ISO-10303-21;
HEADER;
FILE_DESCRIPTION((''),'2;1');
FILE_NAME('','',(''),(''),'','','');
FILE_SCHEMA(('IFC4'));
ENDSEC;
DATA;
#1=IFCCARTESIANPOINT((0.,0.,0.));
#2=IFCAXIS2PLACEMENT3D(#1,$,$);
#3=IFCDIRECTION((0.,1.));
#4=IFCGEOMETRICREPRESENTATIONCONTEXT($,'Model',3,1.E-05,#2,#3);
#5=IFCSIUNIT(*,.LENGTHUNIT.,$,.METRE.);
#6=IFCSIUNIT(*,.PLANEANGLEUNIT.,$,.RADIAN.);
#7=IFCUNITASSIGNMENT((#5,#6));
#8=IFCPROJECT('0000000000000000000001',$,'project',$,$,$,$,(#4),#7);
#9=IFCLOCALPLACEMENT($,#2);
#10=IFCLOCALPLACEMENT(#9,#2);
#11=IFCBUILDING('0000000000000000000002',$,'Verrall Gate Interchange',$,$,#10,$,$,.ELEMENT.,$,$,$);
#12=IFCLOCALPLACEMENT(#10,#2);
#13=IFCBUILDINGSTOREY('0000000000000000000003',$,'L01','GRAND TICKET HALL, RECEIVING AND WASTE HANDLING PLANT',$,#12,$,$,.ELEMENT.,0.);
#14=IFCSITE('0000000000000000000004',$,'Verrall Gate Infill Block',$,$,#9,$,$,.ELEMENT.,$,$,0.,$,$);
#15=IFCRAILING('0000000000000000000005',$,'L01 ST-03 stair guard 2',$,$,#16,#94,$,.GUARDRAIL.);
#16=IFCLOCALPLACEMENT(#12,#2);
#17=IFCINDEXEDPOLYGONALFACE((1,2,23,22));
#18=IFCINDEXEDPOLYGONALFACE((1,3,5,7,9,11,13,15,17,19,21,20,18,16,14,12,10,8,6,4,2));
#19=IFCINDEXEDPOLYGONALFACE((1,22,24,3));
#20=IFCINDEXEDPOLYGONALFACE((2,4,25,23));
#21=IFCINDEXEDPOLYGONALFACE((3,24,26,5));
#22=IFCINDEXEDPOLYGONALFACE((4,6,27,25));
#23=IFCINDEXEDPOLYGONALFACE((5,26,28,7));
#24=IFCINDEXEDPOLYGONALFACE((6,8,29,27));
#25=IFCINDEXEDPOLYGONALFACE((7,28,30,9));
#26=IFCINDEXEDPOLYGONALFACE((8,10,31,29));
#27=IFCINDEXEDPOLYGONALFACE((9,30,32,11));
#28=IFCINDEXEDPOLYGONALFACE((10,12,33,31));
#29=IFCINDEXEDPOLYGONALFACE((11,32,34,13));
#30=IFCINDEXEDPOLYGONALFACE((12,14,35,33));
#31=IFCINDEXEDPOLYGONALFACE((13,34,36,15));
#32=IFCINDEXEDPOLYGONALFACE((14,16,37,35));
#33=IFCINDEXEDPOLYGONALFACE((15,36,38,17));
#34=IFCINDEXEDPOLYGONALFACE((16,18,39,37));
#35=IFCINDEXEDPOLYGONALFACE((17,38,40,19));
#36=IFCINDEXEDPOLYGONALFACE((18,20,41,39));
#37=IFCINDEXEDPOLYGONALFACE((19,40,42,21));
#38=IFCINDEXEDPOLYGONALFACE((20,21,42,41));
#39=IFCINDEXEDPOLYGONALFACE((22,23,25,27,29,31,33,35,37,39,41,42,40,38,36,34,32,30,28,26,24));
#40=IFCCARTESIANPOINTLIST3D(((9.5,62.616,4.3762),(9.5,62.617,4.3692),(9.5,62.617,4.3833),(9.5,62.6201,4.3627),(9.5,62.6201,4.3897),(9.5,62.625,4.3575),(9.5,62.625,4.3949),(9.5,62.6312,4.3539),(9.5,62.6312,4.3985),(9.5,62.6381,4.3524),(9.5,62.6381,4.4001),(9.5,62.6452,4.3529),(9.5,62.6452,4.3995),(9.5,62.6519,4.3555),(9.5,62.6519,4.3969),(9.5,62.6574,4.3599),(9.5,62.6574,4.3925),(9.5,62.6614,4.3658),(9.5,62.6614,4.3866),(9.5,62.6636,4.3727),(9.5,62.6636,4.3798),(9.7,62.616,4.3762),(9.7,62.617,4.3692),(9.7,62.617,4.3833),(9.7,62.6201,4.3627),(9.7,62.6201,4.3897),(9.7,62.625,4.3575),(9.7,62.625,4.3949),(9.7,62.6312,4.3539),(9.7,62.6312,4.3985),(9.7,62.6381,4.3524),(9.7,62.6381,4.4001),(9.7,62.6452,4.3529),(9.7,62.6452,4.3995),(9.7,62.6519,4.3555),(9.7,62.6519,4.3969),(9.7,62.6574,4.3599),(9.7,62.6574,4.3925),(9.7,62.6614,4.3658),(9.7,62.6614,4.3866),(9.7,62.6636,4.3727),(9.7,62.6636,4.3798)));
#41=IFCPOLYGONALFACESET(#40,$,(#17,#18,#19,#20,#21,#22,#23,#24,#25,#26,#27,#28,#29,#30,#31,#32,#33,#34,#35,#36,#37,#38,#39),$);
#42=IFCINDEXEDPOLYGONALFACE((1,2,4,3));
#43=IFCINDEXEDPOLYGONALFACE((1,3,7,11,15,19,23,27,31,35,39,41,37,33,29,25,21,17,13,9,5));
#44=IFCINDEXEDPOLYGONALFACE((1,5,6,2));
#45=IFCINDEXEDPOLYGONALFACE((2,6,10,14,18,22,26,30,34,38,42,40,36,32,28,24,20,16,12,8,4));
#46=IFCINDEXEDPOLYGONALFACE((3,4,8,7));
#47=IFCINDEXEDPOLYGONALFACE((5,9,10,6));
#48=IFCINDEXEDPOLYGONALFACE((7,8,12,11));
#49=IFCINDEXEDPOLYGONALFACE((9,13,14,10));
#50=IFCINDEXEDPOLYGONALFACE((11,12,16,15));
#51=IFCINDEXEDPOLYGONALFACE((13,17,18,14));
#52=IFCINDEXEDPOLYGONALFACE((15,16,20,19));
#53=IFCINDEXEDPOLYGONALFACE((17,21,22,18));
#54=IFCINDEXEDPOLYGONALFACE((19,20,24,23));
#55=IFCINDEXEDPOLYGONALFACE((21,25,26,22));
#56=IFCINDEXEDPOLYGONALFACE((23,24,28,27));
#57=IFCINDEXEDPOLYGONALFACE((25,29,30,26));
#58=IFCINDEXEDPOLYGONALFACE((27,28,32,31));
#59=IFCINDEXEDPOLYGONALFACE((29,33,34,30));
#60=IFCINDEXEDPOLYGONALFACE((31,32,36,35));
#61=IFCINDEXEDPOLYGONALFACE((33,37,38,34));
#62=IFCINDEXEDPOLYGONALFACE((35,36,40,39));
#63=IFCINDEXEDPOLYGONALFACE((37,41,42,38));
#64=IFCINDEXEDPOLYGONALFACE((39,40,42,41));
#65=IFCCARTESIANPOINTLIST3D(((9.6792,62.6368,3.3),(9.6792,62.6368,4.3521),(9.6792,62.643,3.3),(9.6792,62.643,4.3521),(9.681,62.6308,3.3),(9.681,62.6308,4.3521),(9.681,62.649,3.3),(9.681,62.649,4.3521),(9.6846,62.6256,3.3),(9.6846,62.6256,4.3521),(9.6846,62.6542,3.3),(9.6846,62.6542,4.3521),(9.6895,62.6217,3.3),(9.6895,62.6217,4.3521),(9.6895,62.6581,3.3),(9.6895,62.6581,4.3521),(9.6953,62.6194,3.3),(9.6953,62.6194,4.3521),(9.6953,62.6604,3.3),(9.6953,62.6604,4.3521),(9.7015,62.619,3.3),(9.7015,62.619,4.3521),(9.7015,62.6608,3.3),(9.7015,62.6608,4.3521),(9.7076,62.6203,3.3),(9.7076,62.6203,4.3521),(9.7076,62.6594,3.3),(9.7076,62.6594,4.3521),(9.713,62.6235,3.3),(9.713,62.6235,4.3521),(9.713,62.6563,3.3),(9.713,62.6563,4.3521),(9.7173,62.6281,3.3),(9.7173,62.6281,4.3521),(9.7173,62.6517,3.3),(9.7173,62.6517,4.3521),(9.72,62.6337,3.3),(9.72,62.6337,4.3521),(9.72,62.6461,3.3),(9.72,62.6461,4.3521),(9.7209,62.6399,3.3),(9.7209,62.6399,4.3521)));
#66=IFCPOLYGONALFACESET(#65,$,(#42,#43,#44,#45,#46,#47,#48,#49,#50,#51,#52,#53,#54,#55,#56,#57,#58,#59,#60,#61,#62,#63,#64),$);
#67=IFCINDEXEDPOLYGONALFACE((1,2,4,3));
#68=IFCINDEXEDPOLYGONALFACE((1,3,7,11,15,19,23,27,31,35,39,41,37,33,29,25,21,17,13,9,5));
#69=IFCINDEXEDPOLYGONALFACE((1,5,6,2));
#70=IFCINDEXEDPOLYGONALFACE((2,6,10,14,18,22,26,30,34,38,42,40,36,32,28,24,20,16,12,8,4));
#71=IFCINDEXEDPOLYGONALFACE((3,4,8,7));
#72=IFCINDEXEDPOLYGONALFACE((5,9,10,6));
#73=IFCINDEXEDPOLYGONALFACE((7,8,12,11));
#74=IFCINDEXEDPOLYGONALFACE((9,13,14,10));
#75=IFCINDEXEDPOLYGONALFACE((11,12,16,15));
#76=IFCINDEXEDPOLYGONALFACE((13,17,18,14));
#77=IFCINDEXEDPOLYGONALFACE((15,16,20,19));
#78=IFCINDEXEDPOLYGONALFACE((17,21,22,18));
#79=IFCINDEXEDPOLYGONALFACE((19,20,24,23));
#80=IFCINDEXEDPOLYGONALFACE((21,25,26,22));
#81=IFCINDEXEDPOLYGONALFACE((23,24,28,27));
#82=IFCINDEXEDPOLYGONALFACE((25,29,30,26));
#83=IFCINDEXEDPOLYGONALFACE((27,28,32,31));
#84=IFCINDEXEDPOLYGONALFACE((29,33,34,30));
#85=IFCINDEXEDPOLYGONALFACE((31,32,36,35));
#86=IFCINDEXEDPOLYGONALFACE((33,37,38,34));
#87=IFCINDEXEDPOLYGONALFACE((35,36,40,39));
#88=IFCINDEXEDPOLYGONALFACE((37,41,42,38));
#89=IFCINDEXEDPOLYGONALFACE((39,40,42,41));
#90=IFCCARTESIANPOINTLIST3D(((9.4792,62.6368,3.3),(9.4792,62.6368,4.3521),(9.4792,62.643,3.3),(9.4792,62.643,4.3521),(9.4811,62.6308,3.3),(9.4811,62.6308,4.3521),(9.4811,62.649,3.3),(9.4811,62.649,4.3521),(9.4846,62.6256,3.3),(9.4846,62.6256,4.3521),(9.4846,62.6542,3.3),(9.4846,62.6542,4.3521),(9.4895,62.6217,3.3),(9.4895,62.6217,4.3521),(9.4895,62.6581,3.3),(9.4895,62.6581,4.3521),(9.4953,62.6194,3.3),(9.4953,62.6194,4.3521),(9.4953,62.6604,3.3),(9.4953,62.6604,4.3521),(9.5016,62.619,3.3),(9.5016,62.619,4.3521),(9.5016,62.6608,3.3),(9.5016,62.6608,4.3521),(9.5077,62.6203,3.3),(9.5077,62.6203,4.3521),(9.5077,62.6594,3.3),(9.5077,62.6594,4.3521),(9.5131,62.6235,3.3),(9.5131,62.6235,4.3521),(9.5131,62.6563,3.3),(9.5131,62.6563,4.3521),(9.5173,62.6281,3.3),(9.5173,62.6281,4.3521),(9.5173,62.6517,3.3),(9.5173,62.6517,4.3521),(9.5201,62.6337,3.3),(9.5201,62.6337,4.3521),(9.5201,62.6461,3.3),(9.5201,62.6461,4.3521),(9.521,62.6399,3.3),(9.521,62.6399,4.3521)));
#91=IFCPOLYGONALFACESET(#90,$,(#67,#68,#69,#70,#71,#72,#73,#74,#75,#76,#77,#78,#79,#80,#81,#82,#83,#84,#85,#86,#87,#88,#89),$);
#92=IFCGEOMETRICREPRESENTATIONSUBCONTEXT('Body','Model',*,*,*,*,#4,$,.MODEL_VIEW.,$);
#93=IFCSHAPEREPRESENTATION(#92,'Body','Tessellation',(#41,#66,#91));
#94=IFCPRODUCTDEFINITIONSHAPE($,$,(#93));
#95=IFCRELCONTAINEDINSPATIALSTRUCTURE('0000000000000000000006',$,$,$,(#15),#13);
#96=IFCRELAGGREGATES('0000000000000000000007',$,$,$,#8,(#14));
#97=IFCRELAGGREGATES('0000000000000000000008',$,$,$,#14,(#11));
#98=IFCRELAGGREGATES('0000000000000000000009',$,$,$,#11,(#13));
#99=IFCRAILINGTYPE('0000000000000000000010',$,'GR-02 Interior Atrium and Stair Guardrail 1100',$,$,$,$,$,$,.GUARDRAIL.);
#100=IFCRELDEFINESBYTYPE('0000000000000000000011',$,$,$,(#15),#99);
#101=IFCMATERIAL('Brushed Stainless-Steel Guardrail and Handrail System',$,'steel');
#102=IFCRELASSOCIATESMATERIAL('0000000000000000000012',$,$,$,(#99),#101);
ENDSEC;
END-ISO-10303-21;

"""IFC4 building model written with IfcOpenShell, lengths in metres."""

from ifc_helpers import new_model, si_unit, direction, frame, origin, origin_2d, place, context, subcontext, project, spatial, circle, extrude, material, type_object, element, save


model = new_model("IFC4")

# Units and contexts
model_context = context("Model", 3, precision=1e-05, world=origin(), true_north=direction((0.0, 1.0)))
body_context = subcontext(model_context, "Body", "Model", "MODEL_VIEW")
ifc_project = project(units=[si_unit("LENGTHUNIT", "METRE"), si_unit("PLANEANGLEUNIT", "RADIAN")], contexts=[model_context])

# Site, building, storey
site_placement = place(None, origin())
site = spatial("IfcSite", under=ifc_project, at=site_placement, Name="Verrall Gate Infill Block", CompositionType="ELEMENT", RefElevation=0.0)
building_placement = place(site_placement, origin())
building = spatial("IfcBuilding", under=site, at=building_placement, Name="Verrall Gate Interchange", CompositionType="ELEMENT")
storey_placement = place(building_placement, origin())
storey = spatial("IfcBuildingStorey", under=building, at=storey_placement, Name="L01", Description="GRAND TICKET HALL, RECEIVING AND WASTE HANDLING PLANT", CompositionType="ELEMENT", Elevation=0.0)

# Railing
ifc_material_1 = material(Name="Brushed Stainless-Steel Guardrail and Handrail System", Category="steel")
railing_type_1 = type_object("IfcRailingType", Name="GR-02 Interior Atrium and Stair Guardrail 1100", PredefinedType="GUARDRAIL", material=ifc_material_1)
railing_1_placement = place(storey_placement, frame((9.7, 62.6399, 3.3)))
element("IfcRailing", 1, at=railing_1_placement, inside=storey, type_object=railing_type_1, Name="L01 ST-03 stair guard 2", PredefinedType="GUARDRAIL", context=body_context, shape_type="SweptSolid", body=[
    extrude(circle(Radius=0.0239, at=origin_2d()), frame((0.0, 0.0, 1.0762), z_axis=(-1.0, 0.0, 0.0), x_axis=(0.0, -1.0, 0.0)), (0.0, 0.0, 1.0), 0.2),
    extrude(circle(Radius=0.021, at=origin_2d()), origin(), (0.0, 0.0, 1.0), 1.052),
    extrude(circle(Radius=0.021, at=origin_2d()), frame((-0.2, 0.0, 0.0)), (0.0, 0.0, 1.0), 1.052),
])

save(model, "model.ifc")
